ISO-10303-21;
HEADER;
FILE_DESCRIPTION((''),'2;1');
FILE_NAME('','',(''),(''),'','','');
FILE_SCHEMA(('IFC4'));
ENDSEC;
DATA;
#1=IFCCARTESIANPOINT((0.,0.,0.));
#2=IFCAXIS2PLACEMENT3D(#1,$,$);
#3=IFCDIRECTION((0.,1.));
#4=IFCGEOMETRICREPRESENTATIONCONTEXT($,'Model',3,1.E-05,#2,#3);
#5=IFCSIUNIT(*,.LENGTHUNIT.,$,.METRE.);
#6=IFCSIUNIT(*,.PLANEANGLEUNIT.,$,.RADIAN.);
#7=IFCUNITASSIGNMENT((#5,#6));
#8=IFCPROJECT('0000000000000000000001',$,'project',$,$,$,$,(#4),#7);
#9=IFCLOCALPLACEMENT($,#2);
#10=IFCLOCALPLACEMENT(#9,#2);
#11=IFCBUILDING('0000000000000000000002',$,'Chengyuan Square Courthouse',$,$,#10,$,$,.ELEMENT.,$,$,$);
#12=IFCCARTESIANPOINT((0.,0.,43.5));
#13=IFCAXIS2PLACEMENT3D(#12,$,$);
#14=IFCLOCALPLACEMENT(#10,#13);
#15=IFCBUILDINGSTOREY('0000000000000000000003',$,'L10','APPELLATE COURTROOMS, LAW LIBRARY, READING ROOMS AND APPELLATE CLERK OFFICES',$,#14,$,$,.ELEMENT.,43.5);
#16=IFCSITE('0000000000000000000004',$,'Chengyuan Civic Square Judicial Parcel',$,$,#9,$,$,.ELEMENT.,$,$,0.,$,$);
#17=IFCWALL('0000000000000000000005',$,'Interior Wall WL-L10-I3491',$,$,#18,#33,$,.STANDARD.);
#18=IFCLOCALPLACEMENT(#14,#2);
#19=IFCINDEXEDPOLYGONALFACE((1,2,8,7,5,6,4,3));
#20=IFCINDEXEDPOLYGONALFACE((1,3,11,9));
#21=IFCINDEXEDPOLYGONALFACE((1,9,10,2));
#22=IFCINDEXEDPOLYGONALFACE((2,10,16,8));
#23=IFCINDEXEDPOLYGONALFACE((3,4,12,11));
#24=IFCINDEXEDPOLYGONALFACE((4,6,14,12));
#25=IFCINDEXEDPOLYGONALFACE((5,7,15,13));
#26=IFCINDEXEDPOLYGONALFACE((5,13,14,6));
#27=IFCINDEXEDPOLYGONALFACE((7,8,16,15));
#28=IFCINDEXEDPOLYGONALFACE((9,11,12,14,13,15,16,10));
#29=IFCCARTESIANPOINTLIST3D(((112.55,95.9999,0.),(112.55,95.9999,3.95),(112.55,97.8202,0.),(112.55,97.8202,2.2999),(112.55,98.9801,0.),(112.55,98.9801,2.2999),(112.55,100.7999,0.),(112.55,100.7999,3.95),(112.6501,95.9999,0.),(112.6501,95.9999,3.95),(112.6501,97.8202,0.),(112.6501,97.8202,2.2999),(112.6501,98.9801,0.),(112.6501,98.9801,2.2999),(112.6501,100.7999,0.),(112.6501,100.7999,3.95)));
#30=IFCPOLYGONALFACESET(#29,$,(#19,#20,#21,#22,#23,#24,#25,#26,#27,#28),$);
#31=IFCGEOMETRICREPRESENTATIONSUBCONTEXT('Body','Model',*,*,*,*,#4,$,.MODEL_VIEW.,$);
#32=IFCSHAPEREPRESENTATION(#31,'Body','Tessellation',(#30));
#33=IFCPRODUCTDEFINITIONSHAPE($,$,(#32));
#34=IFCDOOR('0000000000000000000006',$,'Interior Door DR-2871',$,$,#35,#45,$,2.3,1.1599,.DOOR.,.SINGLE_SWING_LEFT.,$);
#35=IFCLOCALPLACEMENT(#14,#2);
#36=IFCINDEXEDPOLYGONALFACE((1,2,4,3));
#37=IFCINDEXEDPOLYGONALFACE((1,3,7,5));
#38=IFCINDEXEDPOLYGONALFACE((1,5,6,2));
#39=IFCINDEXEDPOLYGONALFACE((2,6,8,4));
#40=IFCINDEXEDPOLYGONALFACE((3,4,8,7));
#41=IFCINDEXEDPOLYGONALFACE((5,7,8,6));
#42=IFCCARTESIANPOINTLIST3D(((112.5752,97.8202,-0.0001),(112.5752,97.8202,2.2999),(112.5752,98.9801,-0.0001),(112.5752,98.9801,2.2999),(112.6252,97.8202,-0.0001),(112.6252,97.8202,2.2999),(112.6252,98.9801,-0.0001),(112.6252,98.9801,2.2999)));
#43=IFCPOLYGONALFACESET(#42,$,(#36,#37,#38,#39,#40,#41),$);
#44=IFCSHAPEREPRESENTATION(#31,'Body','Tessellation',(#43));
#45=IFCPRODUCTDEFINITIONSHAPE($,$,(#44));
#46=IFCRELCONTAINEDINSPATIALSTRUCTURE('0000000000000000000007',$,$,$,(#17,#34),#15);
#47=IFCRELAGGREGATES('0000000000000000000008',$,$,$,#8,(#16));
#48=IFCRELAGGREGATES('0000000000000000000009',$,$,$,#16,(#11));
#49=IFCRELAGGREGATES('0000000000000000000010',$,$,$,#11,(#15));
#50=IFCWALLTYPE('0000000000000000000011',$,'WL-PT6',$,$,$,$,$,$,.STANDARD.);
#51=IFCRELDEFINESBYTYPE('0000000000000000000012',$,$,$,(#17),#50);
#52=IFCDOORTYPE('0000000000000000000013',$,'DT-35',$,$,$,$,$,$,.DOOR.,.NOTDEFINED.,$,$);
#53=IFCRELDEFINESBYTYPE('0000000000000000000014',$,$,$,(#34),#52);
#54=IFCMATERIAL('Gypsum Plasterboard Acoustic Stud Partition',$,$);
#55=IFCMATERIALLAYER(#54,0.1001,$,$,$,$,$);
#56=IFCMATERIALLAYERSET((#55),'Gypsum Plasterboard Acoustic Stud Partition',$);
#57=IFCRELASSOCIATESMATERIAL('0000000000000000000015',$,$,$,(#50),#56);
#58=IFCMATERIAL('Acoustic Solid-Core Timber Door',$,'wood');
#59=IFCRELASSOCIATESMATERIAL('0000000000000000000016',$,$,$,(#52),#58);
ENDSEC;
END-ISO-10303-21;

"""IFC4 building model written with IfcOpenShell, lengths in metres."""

from ifc_helpers import new_model, si_unit, direction, frame, frame_2d, origin, place, context, subcontext, project, spatial, rectangle, extrude, material, layer, layer_set, type_object, element, fill, save


model = new_model("IFC4")

# Units and contexts
model_context = context("Model", 3, precision=1e-05, world=origin(), true_north=direction((0.0, 1.0)))
body_context = subcontext(model_context, "Body", "Model", "MODEL_VIEW")
ifc_project = project(units=[si_unit("LENGTHUNIT", "METRE"), si_unit("PLANEANGLEUNIT", "RADIAN")], contexts=[model_context])

# Site, building, storey
site_placement = place(None, origin())
site = spatial("IfcSite", under=ifc_project, at=site_placement, Name="Chengyuan Civic Square Judicial Parcel", CompositionType="ELEMENT", RefElevation=0.0)
building_placement = place(site_placement, origin())
building = spatial("IfcBuilding", under=site, at=building_placement, Name="Chengyuan Square Courthouse", CompositionType="ELEMENT")
storey_placement = place(building_placement, frame((0.0, 0.0, 43.5)))
storey = spatial("IfcBuildingStorey", under=building, at=storey_placement, Name="L10", Description="APPELLATE COURTROOMS, LAW LIBRARY, READING ROOMS AND APPELLATE CLERK OFFICES", CompositionType="ELEMENT", Elevation=43.5)

# Shared definitions
ifc_material_1 = material(Name="Gypsum Plasterboard Acoustic Stud Partition")
ifc_layer_1 = layer(ifc_material_1, 0.1001)
ifc_layer_set_1 = layer_set([ifc_layer_1], Name="Gypsum Plasterboard Acoustic Stud Partition")
wall_type_1 = type_object("IfcWallType", Name="WL-PT6", PredefinedType="STANDARD", material=ifc_layer_set_1)
ifc_material_2 = material(Name="Acoustic Solid-Core Timber Door", Category="wood")

# Wall, opening, door
wall_1_placement = place(storey_placement, frame((112.6001, 96.0, 0.0), z_axis=(0.0, 0.0, 1.0), x_axis=(0.0, 1.0, 0.0)))
wall_1 = element("IfcWall", 1, at=wall_1_placement, inside=storey, type_object=wall_type_1, Name="Interior Wall WL-L10-I3491", PredefinedType="STANDARD", context=body_context, shape_type="SweptSolid", body=[
    extrude(rectangle(XDim=4.8, YDim=0.1001, at=frame_2d((2.3999, 0.0))), origin(), (0.0, 0.0, 1.0), 3.95),
])
opening_1_placement = place(wall_1_placement, frame((1.8201, 0.0, 0.0)))
opening_1 = element("IfcOpeningElement", 2, at=opening_1_placement, cuts=wall_1, PredefinedType="OPENING", context=body_context, shape_type="SweptSolid", body=[
    extrude(rectangle(XDim=1.1599, YDim=2.3, at=frame_2d((0.5801, 1.1499))), frame((0.0, 0.062, 0.0), z_axis=(0.0, -1.0, 0.0), x_axis=(1.0, 0.0, 0.0)), (0.0, 0.0, 1.0), 0.124),
])
door_type_1 = type_object("IfcDoorType", Name="DT-35", OperationType="NOTDEFINED", PredefinedType="DOOR", material=ifc_material_2)
door_1_placement = place(opening_1_placement, origin())
door_1 = element("IfcDoor", 3, at=door_1_placement, inside=storey, type_object=door_type_1, Name="Interior Door DR-2871", OperationType="SINGLE_SWING_LEFT", OverallHeight=2.3, OverallWidth=1.1599, PredefinedType="DOOR", context=body_context, shape_type="SweptSolid", body=[
    extrude(rectangle(XDim=1.1599, YDim=2.3, at=frame_2d((0.5801, 1.1499))), frame((0.0, 0.0249, 0.0), z_axis=(0.0, -1.0, 0.0), x_axis=(1.0, 0.0, 0.0)), (0.0, 0.0, 1.0), 0.05),
])
fill(opening_1, door_1)

save(model, "model.ifc")
